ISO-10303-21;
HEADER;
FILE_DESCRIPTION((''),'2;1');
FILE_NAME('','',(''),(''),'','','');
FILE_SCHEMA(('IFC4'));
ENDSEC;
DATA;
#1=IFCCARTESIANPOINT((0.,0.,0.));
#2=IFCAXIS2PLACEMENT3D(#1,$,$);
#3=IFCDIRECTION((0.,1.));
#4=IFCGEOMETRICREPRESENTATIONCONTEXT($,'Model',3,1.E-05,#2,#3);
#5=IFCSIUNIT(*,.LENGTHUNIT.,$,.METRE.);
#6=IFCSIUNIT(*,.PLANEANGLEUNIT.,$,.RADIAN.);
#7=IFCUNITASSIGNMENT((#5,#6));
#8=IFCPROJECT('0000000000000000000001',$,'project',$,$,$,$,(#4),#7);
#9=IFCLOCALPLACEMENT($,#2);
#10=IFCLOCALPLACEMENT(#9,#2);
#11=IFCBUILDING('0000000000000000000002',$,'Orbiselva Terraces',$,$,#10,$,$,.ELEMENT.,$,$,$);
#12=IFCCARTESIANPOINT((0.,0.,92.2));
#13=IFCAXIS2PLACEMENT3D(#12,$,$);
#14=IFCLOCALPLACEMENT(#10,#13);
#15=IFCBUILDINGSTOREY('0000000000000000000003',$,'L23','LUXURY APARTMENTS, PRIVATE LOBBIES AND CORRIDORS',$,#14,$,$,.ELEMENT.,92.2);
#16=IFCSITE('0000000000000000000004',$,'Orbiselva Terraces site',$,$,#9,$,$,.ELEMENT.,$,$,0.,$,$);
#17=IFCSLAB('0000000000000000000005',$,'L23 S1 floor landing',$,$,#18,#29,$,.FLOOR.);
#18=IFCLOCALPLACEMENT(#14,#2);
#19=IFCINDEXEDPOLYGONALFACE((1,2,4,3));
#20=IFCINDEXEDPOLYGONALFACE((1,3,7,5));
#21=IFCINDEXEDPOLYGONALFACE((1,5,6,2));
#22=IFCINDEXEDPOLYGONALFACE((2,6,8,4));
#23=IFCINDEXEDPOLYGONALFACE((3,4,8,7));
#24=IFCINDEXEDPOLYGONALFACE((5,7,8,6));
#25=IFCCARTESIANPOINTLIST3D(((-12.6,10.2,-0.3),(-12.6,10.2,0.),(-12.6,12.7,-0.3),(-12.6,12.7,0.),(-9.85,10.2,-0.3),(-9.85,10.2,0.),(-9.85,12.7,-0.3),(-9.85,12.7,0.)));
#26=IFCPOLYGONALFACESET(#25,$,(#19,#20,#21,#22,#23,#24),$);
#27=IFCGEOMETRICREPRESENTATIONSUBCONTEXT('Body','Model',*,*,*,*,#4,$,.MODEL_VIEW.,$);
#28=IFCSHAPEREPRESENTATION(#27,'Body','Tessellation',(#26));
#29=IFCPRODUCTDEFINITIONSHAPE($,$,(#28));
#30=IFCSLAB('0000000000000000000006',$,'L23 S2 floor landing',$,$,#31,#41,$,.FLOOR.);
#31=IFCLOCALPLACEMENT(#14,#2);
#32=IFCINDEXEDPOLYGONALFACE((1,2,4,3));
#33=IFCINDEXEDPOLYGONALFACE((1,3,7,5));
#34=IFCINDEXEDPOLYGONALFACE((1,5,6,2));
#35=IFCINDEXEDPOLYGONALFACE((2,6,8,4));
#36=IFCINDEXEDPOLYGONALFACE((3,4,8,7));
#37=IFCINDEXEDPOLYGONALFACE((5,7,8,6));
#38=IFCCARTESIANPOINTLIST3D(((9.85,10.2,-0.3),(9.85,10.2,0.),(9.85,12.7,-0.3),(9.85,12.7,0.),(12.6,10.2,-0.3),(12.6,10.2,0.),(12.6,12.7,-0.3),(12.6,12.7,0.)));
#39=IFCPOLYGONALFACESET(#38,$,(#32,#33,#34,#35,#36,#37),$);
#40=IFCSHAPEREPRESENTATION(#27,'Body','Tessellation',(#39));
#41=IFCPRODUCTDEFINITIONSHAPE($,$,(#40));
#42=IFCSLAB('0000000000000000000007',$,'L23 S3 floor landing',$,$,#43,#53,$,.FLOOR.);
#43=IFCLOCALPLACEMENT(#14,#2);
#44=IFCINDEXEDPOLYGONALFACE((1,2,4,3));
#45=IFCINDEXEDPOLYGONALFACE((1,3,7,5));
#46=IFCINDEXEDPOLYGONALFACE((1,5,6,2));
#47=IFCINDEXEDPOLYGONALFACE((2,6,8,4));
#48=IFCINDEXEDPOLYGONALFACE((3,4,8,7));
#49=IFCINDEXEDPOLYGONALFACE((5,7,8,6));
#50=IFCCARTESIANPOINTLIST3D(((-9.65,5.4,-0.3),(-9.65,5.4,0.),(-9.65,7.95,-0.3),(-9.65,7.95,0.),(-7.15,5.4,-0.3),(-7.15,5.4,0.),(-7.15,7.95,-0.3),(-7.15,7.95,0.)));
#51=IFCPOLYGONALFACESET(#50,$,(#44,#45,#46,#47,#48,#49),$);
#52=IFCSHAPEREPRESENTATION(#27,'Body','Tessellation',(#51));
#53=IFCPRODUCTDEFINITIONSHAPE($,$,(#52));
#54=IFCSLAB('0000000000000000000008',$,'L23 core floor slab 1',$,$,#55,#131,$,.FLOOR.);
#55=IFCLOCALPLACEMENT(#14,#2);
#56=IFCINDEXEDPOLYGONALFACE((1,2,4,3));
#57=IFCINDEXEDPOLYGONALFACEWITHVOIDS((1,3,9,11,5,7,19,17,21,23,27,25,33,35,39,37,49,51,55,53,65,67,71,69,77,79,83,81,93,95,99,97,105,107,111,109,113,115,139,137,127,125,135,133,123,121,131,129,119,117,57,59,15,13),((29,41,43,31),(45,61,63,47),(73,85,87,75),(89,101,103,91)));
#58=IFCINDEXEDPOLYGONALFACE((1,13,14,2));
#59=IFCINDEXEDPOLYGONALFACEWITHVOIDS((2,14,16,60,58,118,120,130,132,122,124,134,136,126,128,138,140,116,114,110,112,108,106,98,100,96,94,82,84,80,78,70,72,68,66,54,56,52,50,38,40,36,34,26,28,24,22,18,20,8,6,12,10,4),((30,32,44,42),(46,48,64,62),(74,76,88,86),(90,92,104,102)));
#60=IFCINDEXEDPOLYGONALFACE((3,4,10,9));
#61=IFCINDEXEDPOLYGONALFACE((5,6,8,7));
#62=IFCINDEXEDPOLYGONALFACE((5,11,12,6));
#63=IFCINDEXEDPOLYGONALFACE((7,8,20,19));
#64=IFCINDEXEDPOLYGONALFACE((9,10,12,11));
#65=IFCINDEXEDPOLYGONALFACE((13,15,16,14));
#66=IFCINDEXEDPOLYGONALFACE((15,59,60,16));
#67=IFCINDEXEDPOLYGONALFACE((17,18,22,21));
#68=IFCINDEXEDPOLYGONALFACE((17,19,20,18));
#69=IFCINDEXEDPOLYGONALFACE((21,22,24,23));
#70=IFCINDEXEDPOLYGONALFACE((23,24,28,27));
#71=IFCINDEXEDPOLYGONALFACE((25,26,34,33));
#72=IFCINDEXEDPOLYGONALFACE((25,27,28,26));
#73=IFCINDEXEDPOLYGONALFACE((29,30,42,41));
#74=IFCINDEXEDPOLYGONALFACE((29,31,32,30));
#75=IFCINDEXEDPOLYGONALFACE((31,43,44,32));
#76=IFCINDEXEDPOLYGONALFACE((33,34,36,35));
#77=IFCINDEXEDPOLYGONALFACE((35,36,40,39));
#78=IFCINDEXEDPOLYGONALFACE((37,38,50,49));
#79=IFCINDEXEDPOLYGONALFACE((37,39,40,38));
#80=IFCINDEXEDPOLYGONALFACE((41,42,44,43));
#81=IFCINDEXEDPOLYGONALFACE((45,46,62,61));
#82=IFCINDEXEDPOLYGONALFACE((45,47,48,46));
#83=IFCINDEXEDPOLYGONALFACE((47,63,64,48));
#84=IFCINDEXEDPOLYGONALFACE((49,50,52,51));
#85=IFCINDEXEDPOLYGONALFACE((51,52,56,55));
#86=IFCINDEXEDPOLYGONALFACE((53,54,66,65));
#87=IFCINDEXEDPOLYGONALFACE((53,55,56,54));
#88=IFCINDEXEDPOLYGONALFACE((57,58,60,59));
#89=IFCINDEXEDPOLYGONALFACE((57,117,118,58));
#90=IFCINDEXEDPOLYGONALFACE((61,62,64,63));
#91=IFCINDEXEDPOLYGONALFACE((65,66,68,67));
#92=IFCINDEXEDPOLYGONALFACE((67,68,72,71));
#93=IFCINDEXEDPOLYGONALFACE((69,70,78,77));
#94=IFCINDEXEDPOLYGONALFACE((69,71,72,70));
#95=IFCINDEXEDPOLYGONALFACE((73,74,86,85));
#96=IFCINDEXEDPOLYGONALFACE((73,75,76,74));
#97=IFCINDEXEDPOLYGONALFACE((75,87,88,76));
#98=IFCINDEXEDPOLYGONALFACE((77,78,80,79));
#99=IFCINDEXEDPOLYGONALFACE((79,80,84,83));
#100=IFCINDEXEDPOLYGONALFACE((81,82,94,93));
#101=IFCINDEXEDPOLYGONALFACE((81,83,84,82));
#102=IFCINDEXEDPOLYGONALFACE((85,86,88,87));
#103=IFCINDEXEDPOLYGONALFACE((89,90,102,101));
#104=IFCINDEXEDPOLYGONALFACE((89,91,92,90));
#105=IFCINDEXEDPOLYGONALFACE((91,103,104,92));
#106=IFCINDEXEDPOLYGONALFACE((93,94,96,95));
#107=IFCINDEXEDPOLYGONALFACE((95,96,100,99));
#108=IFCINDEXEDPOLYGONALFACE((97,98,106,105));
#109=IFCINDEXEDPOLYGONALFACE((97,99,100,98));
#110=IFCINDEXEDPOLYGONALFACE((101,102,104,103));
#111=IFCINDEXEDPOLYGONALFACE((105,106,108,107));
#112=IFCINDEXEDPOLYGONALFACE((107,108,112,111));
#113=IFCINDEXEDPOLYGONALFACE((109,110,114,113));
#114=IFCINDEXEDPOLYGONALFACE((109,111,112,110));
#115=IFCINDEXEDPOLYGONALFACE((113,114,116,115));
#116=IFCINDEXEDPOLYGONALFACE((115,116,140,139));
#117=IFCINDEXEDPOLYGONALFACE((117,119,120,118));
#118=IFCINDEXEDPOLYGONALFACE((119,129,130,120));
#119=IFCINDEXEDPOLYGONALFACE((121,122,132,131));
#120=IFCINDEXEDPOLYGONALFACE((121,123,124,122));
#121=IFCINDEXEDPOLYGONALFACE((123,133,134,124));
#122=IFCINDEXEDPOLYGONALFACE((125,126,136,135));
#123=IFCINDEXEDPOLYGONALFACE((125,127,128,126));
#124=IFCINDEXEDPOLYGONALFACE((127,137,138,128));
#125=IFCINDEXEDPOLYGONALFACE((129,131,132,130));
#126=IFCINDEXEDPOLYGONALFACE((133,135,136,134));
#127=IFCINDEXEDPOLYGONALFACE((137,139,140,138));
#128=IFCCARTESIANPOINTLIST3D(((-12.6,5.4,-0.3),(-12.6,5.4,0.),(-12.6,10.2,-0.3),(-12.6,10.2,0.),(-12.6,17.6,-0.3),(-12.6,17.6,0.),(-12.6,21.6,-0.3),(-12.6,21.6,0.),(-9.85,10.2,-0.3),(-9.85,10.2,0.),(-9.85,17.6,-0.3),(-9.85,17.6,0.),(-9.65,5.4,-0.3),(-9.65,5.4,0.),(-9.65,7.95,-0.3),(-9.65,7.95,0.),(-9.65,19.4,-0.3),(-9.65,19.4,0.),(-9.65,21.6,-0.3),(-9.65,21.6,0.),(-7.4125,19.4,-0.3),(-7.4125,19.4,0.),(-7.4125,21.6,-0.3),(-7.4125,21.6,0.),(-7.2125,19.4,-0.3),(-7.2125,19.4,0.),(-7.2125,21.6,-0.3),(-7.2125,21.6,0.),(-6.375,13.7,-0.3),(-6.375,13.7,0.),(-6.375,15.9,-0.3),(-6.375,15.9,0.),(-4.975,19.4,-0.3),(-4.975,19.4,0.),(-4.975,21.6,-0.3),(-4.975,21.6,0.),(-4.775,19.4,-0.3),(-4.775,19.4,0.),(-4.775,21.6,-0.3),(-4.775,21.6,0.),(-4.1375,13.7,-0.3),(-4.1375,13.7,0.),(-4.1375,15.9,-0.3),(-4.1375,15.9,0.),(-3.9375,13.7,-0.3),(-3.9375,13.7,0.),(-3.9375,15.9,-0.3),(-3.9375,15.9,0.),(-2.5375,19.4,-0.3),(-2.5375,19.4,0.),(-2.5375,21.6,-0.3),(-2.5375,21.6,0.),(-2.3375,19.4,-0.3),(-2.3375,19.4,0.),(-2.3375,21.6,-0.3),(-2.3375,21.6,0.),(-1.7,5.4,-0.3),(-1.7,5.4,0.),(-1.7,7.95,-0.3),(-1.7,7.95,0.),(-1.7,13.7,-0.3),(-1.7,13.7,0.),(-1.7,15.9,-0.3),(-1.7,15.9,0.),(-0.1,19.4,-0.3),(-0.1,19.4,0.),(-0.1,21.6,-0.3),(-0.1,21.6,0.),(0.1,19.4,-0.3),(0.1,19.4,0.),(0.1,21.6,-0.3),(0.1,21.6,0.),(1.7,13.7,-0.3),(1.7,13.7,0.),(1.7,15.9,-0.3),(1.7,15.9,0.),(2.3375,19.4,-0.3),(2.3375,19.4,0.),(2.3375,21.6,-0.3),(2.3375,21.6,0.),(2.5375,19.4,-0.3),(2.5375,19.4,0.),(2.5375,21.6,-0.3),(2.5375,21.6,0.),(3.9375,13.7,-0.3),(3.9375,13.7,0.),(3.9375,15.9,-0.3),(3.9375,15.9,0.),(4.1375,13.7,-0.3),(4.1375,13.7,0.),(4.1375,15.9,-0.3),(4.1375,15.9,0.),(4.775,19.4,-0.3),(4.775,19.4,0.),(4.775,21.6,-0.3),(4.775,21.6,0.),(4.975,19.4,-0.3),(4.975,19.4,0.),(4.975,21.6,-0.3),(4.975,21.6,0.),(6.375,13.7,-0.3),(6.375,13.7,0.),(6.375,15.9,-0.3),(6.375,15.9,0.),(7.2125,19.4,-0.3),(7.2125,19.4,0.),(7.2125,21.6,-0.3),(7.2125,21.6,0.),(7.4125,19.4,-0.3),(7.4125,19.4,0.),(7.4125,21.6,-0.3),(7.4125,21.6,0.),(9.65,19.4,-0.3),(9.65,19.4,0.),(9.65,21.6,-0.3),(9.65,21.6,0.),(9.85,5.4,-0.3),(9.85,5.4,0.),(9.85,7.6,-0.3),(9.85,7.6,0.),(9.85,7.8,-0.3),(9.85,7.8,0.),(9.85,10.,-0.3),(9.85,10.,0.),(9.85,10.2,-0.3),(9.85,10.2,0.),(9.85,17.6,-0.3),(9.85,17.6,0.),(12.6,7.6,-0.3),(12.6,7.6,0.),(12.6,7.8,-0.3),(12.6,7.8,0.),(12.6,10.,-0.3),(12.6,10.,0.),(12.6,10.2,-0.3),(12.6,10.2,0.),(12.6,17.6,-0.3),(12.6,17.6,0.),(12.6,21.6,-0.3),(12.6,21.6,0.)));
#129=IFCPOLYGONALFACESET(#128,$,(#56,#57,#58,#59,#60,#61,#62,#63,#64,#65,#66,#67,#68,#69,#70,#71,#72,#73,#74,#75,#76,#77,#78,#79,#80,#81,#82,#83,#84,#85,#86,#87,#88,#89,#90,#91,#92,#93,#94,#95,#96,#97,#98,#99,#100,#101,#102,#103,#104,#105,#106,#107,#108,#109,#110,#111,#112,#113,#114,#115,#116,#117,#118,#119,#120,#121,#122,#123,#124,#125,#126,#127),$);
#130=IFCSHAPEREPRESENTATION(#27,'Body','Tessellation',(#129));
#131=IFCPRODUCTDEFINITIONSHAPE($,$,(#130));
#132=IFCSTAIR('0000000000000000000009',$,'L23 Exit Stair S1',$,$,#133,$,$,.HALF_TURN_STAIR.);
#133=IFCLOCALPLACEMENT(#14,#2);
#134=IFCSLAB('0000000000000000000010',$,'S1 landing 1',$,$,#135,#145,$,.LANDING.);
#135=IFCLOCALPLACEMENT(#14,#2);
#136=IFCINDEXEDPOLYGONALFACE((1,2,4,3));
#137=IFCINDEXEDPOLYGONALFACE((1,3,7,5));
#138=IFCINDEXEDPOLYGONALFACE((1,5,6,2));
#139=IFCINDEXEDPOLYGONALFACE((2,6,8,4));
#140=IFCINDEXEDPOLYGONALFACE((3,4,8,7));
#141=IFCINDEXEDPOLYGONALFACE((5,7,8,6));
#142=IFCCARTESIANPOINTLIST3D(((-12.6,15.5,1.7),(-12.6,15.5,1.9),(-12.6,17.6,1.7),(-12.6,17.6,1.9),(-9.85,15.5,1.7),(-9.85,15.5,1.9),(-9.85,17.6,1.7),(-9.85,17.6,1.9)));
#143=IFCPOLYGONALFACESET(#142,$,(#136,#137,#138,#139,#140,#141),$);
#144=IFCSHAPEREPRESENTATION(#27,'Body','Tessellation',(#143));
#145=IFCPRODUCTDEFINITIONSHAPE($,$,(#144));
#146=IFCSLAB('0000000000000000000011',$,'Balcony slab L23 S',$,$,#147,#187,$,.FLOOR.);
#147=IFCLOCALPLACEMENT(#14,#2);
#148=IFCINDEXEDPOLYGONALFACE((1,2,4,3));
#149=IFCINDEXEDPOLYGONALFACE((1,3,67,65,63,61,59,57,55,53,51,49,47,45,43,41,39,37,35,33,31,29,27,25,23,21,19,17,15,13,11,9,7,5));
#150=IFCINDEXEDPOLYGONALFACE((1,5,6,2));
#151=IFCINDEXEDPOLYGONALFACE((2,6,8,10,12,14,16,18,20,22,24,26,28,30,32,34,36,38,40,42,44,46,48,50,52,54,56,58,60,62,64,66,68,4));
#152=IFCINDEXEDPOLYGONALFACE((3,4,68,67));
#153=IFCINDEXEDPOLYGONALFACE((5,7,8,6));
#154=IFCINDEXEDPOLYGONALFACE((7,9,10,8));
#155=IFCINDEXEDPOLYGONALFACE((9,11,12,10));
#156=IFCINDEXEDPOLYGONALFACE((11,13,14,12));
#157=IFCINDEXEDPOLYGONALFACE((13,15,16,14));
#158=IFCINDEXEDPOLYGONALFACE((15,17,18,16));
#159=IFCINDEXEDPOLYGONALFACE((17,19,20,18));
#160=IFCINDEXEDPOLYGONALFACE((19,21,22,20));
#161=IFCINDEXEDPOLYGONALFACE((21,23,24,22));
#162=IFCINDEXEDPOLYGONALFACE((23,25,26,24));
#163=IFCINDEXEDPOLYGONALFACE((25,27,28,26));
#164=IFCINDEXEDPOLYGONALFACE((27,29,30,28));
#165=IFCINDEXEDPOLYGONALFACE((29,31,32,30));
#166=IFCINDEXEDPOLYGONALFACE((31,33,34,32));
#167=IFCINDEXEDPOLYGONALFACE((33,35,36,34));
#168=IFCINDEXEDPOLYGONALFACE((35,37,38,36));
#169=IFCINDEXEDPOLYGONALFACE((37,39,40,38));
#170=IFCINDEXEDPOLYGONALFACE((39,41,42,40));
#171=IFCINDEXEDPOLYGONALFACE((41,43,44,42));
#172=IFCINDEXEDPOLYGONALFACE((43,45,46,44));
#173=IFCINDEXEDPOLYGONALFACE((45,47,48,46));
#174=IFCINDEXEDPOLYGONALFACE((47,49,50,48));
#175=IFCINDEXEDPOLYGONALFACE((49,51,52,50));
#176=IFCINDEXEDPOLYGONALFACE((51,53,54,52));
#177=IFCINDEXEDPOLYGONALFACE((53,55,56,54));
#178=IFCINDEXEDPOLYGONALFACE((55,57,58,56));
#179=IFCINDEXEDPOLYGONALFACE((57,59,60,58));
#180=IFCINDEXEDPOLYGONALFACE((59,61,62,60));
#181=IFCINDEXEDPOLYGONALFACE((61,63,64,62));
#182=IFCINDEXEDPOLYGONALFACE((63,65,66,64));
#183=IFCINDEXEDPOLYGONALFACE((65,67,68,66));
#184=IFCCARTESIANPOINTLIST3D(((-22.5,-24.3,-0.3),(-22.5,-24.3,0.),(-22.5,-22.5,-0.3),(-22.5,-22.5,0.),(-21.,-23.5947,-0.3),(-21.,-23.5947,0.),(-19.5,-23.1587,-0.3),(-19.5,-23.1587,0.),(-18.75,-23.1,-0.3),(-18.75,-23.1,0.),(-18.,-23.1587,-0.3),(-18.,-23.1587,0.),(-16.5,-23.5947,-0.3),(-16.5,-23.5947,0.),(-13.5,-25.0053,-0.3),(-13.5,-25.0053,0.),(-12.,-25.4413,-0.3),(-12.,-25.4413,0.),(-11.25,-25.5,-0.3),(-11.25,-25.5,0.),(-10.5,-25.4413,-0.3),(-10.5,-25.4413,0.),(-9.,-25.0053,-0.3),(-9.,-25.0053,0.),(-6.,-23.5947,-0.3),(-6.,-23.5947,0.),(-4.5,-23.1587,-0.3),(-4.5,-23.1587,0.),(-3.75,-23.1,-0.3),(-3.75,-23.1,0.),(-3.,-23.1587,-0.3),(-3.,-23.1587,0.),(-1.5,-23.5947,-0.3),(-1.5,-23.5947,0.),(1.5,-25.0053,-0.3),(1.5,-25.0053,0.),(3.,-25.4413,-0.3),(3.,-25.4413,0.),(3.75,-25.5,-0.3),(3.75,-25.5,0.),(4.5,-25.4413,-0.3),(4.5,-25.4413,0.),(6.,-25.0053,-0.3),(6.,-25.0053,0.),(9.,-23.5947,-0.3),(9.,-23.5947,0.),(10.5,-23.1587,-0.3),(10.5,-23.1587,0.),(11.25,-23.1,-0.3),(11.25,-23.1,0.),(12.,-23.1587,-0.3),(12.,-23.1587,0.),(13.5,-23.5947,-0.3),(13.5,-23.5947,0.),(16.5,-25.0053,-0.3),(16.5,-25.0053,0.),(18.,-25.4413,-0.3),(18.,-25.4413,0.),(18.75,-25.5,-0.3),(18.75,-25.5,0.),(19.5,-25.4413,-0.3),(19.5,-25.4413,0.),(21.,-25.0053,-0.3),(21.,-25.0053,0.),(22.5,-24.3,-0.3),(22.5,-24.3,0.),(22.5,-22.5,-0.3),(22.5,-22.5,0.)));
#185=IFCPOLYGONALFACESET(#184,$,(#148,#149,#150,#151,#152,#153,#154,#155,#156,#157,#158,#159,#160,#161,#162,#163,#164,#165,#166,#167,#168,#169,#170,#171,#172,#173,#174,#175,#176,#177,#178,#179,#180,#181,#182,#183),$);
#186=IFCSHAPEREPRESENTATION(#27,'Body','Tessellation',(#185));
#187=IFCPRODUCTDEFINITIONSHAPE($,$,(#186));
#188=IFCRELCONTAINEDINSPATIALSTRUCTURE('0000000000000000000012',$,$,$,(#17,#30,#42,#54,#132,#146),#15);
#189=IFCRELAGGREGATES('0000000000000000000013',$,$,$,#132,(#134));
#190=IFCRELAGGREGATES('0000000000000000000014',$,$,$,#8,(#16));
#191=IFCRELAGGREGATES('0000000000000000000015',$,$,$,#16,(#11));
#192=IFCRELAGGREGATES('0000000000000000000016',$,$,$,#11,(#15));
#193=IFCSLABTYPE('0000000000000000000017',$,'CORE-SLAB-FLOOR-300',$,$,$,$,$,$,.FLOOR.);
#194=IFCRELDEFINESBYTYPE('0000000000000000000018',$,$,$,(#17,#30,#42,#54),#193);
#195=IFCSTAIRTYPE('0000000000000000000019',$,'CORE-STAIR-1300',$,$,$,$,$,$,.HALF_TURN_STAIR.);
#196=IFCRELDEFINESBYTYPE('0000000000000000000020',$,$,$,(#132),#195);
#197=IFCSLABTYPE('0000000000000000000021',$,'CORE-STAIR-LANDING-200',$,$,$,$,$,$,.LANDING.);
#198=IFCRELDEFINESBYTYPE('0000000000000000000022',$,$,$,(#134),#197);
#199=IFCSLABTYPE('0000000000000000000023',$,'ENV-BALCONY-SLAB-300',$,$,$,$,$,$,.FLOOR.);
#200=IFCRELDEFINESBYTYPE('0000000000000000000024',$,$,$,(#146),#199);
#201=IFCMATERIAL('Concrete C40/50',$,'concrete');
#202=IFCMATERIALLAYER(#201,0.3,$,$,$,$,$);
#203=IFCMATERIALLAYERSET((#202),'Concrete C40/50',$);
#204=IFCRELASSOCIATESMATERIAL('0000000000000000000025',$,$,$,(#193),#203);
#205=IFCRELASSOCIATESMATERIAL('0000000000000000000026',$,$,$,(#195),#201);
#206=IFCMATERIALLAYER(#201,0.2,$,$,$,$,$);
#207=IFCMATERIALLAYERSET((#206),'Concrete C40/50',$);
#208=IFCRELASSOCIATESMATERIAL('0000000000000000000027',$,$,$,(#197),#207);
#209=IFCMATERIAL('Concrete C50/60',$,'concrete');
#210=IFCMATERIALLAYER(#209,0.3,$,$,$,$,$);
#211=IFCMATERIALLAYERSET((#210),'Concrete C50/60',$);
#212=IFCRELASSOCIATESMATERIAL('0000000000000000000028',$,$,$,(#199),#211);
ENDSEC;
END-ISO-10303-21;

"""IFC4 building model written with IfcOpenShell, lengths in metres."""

from ifc_helpers import new_model, si_unit, direction, frame, origin, place, context, subcontext, project, spatial, polyline, outline, extrude, material, layer, layer_set, type_object, element, aggregate, save


model = new_model("IFC4")

# Units and contexts
model_context = context("Model", 3, precision=1e-05, world=origin(), true_north=direction((0.0, 1.0)))
body_context = subcontext(model_context, "Body", "Model", "MODEL_VIEW")
ifc_project = project(units=[si_unit("LENGTHUNIT", "METRE"), si_unit("PLANEANGLEUNIT", "RADIAN")], contexts=[model_context])

# Site, building, storey
site_placement = place(None, origin())
site = spatial("IfcSite", under=ifc_project, at=site_placement, Name="Orbiselva Terraces site", CompositionType="ELEMENT", RefElevation=0.0)
building_placement = place(site_placement, origin())
building = spatial("IfcBuilding", under=site, at=building_placement, Name="Orbiselva Terraces", CompositionType="ELEMENT")
storey_placement = place(building_placement, frame((0.0, 0.0, 92.2)))
storey = spatial("IfcBuildingStorey", under=building, at=storey_placement, Name="L23", Description="LUXURY APARTMENTS, PRIVATE LOBBIES AND CORRIDORS", CompositionType="ELEMENT", Elevation=92.2)

# Slabs
ifc_material_1 = material(Name="Concrete C40/50", Category="concrete")
ifc_layer_1 = layer(ifc_material_1, 0.3)
ifc_layer_set_1 = layer_set([ifc_layer_1], Name="Concrete C40/50")
slab_type_1 = type_object("IfcSlabType", Name="CORE-SLAB-FLOOR-300", PredefinedType="FLOOR", material=ifc_layer_set_1)
slab_1_placement = place(storey_placement, frame((0.0, 0.0, -0.3)))
element("IfcSlab", 1, at=slab_1_placement, inside=storey, type_object=slab_type_1, Name="L23 S1 floor landing", PredefinedType="FLOOR", context=body_context, shape_type="SweptSolid", body=[
    extrude(outline(polyline([(-12.6, 12.7), (-9.85, 12.7), (-9.85, 10.2), (-12.6, 10.2), (-12.6, 12.7)])), origin(), (0.0, 0.0, 1.0), 0.3),
])
slab_2_placement = place(storey_placement, frame((0.0, 0.0, -0.3)))
element("IfcSlab", 2, at=slab_2_placement, inside=storey, type_object=slab_type_1, Name="L23 S2 floor landing", PredefinedType="FLOOR", context=body_context, shape_type="SweptSolid", body=[
    extrude(outline(polyline([(12.6, 12.7), (12.6, 10.2), (9.85, 10.2), (9.85, 12.7), (12.6, 12.7)])), origin(), (0.0, 0.0, 1.0), 0.3),
])
slab_3_placement = place(storey_placement, frame((0.0, 0.0, -0.3)))
element("IfcSlab", 3, at=slab_3_placement, inside=storey, type_object=slab_type_1, Name="L23 S3 floor landing", PredefinedType="FLOOR", context=body_context, shape_type="SweptSolid", body=[
    extrude(outline(polyline([(-7.15, 5.4), (-9.65, 5.4), (-9.65, 7.95), (-7.15, 7.95), (-7.15, 5.4)])), origin(), (0.0, 0.0, 1.0), 0.3),
])
slab_4_placement = place(storey_placement, frame((0.0, 0.0, -0.3)))
element("IfcSlab", 4, at=slab_4_placement, inside=storey, type_object=slab_type_1, Name="L23 core floor slab 1", PredefinedType="FLOOR", context=body_context, shape_type="SweptSolid", body=[
    extrude(outline(polyline([(-1.7, 5.4), (-1.7, 7.95), (-9.65, 7.95), (-9.65, 5.4), (-12.6, 5.4), (-12.6, 10.2), (-9.85, 10.2), (-9.85, 17.6), (-12.6, 17.6), (-12.6, 21.6), (-9.65, 21.6), (-9.65, 19.4), (-7.4125, 19.4), (-7.4125, 21.6), (-7.2125, 21.6), (-7.2125, 19.4), (-4.975, 19.4), (-4.975, 21.6), (-4.775, 21.6), (-4.775, 19.4), (-2.5375, 19.4), (-2.5375, 21.6), (-2.3375, 21.6), (-2.3375, 19.4), (-0.1, 19.4), (-0.1, 21.6), (0.1, 21.6), (0.1, 19.4), (2.3375, 19.4), (2.3375, 21.6), (2.5375, 21.6), (2.5375, 19.4), (4.775, 19.4), (4.775, 21.6), (4.975, 21.6), (4.975, 19.4), (7.2125, 19.4), (7.2125, 21.6), (7.4125, 21.6), (7.4125, 19.4), (9.65, 19.4), (9.65, 21.6), (12.6, 21.6), (12.6, 17.6), (9.85, 17.6), (9.85, 10.2), (12.6, 10.2), (12.6, 10.0), (9.85, 10.0), (9.85, 7.8), (12.6, 7.8), (12.6, 7.6), (9.85, 7.6), (9.85, 5.4), (-1.7, 5.4)]), holes=[polyline([(-4.1375, 13.7), (-4.1375, 15.9), (-6.375, 15.9), (-6.375, 13.7), (-4.1375, 13.7)]), polyline([(-1.7, 13.7), (-1.7, 15.9), (-3.9375, 15.9), (-3.9375, 13.7), (-1.7, 13.7)]), polyline([(3.9375, 13.7), (3.9375, 15.9), (1.7, 15.9), (1.7, 13.7), (3.9375, 13.7)]), polyline([(6.375, 13.7), (6.375, 15.9), (4.1375, 15.9), (4.1375, 13.7), (6.375, 13.7)])]), origin(), (0.0, 0.0, 1.0), 0.3),
])

# Stair, slab
stair_type = type_object("IfcStairType", Name="CORE-STAIR-1300", PredefinedType="HALF_TURN_STAIR", material=ifc_material_1)
stair_placement = place(storey_placement, origin())
stair = element("IfcStair", 5, at=stair_placement, inside=storey, type_object=stair_type, Name="L23 Exit Stair S1", PredefinedType="HALF_TURN_STAIR")
ifc_layer_2 = layer(ifc_material_1, 0.2)
ifc_layer_set_2 = layer_set([ifc_layer_2], Name="Concrete C40/50")
slab_type_2 = type_object("IfcSlabType", Name="CORE-STAIR-LANDING-200", PredefinedType="LANDING", material=ifc_layer_set_2)
slab_5_placement = place(storey_placement, frame((0.0, 0.0, 1.7)))
slab_5 = element("IfcSlab", 6, at=slab_5_placement, type_object=slab_type_2, Name="S1 landing 1", PredefinedType="LANDING", context=body_context, shape_type="SweptSolid", body=[
    extrude(outline(polyline([(-9.85, 15.5), (-9.85, 17.6), (-12.6, 17.6), (-12.6, 15.5), (-9.85, 15.5)])), origin(), (0.0, 0.0, 1.0), 0.2),
])
aggregate(stair, [slab_5])

# Slab
ifc_material_2 = material(Name="Concrete C50/60", Category="concrete")
ifc_layer_3 = layer(ifc_material_2, 0.3)
ifc_layer_set_3 = layer_set([ifc_layer_3], Name="Concrete C50/60")
slab_type_3 = type_object("IfcSlabType", Name="ENV-BALCONY-SLAB-300", PredefinedType="FLOOR", material=ifc_layer_set_3)
slab_6_placement = place(storey_placement, frame((0.0, 0.0, -0.3)))
element("IfcSlab", 7, at=slab_6_placement, inside=storey, type_object=slab_type_3, Name="Balcony slab L23 S", PredefinedType="FLOOR", context=body_context, shape_type="SweptSolid", body=[
    extrude(outline(polyline([(-22.5, -24.3), (-21.0, -23.5947), (-19.5, -23.1587), (-18.75, -23.1), (-18.0, -23.1587), (-16.5, -23.5947), (-13.5, -25.0053), (-12.0, -25.4413), (-11.25, -25.5), (-10.5, -25.4413), (-9.0, -25.0053), (-6.0, -23.5947), (-4.5, -23.1587), (-3.75, -23.1), (-3.0, -23.1587), (-1.5, -23.5947), (1.5, -25.0053), (3.0, -25.4413), (3.75, -25.5), (4.5, -25.4413), (6.0, -25.0053), (9.0, -23.5947), (10.5, -23.1587), (11.25, -23.1), (12.0, -23.1587), (13.5, -23.5947), (16.5, -25.0053), (18.0, -25.4413), (18.75, -25.5), (19.5, -25.4413), (21.0, -25.0053), (22.5, -24.3), (22.5, -22.5), (-22.5, -22.5), (-22.5, -24.3)])), origin(), (0.0, 0.0, 1.0), 0.3),
])

save(model, "model.ifc")
